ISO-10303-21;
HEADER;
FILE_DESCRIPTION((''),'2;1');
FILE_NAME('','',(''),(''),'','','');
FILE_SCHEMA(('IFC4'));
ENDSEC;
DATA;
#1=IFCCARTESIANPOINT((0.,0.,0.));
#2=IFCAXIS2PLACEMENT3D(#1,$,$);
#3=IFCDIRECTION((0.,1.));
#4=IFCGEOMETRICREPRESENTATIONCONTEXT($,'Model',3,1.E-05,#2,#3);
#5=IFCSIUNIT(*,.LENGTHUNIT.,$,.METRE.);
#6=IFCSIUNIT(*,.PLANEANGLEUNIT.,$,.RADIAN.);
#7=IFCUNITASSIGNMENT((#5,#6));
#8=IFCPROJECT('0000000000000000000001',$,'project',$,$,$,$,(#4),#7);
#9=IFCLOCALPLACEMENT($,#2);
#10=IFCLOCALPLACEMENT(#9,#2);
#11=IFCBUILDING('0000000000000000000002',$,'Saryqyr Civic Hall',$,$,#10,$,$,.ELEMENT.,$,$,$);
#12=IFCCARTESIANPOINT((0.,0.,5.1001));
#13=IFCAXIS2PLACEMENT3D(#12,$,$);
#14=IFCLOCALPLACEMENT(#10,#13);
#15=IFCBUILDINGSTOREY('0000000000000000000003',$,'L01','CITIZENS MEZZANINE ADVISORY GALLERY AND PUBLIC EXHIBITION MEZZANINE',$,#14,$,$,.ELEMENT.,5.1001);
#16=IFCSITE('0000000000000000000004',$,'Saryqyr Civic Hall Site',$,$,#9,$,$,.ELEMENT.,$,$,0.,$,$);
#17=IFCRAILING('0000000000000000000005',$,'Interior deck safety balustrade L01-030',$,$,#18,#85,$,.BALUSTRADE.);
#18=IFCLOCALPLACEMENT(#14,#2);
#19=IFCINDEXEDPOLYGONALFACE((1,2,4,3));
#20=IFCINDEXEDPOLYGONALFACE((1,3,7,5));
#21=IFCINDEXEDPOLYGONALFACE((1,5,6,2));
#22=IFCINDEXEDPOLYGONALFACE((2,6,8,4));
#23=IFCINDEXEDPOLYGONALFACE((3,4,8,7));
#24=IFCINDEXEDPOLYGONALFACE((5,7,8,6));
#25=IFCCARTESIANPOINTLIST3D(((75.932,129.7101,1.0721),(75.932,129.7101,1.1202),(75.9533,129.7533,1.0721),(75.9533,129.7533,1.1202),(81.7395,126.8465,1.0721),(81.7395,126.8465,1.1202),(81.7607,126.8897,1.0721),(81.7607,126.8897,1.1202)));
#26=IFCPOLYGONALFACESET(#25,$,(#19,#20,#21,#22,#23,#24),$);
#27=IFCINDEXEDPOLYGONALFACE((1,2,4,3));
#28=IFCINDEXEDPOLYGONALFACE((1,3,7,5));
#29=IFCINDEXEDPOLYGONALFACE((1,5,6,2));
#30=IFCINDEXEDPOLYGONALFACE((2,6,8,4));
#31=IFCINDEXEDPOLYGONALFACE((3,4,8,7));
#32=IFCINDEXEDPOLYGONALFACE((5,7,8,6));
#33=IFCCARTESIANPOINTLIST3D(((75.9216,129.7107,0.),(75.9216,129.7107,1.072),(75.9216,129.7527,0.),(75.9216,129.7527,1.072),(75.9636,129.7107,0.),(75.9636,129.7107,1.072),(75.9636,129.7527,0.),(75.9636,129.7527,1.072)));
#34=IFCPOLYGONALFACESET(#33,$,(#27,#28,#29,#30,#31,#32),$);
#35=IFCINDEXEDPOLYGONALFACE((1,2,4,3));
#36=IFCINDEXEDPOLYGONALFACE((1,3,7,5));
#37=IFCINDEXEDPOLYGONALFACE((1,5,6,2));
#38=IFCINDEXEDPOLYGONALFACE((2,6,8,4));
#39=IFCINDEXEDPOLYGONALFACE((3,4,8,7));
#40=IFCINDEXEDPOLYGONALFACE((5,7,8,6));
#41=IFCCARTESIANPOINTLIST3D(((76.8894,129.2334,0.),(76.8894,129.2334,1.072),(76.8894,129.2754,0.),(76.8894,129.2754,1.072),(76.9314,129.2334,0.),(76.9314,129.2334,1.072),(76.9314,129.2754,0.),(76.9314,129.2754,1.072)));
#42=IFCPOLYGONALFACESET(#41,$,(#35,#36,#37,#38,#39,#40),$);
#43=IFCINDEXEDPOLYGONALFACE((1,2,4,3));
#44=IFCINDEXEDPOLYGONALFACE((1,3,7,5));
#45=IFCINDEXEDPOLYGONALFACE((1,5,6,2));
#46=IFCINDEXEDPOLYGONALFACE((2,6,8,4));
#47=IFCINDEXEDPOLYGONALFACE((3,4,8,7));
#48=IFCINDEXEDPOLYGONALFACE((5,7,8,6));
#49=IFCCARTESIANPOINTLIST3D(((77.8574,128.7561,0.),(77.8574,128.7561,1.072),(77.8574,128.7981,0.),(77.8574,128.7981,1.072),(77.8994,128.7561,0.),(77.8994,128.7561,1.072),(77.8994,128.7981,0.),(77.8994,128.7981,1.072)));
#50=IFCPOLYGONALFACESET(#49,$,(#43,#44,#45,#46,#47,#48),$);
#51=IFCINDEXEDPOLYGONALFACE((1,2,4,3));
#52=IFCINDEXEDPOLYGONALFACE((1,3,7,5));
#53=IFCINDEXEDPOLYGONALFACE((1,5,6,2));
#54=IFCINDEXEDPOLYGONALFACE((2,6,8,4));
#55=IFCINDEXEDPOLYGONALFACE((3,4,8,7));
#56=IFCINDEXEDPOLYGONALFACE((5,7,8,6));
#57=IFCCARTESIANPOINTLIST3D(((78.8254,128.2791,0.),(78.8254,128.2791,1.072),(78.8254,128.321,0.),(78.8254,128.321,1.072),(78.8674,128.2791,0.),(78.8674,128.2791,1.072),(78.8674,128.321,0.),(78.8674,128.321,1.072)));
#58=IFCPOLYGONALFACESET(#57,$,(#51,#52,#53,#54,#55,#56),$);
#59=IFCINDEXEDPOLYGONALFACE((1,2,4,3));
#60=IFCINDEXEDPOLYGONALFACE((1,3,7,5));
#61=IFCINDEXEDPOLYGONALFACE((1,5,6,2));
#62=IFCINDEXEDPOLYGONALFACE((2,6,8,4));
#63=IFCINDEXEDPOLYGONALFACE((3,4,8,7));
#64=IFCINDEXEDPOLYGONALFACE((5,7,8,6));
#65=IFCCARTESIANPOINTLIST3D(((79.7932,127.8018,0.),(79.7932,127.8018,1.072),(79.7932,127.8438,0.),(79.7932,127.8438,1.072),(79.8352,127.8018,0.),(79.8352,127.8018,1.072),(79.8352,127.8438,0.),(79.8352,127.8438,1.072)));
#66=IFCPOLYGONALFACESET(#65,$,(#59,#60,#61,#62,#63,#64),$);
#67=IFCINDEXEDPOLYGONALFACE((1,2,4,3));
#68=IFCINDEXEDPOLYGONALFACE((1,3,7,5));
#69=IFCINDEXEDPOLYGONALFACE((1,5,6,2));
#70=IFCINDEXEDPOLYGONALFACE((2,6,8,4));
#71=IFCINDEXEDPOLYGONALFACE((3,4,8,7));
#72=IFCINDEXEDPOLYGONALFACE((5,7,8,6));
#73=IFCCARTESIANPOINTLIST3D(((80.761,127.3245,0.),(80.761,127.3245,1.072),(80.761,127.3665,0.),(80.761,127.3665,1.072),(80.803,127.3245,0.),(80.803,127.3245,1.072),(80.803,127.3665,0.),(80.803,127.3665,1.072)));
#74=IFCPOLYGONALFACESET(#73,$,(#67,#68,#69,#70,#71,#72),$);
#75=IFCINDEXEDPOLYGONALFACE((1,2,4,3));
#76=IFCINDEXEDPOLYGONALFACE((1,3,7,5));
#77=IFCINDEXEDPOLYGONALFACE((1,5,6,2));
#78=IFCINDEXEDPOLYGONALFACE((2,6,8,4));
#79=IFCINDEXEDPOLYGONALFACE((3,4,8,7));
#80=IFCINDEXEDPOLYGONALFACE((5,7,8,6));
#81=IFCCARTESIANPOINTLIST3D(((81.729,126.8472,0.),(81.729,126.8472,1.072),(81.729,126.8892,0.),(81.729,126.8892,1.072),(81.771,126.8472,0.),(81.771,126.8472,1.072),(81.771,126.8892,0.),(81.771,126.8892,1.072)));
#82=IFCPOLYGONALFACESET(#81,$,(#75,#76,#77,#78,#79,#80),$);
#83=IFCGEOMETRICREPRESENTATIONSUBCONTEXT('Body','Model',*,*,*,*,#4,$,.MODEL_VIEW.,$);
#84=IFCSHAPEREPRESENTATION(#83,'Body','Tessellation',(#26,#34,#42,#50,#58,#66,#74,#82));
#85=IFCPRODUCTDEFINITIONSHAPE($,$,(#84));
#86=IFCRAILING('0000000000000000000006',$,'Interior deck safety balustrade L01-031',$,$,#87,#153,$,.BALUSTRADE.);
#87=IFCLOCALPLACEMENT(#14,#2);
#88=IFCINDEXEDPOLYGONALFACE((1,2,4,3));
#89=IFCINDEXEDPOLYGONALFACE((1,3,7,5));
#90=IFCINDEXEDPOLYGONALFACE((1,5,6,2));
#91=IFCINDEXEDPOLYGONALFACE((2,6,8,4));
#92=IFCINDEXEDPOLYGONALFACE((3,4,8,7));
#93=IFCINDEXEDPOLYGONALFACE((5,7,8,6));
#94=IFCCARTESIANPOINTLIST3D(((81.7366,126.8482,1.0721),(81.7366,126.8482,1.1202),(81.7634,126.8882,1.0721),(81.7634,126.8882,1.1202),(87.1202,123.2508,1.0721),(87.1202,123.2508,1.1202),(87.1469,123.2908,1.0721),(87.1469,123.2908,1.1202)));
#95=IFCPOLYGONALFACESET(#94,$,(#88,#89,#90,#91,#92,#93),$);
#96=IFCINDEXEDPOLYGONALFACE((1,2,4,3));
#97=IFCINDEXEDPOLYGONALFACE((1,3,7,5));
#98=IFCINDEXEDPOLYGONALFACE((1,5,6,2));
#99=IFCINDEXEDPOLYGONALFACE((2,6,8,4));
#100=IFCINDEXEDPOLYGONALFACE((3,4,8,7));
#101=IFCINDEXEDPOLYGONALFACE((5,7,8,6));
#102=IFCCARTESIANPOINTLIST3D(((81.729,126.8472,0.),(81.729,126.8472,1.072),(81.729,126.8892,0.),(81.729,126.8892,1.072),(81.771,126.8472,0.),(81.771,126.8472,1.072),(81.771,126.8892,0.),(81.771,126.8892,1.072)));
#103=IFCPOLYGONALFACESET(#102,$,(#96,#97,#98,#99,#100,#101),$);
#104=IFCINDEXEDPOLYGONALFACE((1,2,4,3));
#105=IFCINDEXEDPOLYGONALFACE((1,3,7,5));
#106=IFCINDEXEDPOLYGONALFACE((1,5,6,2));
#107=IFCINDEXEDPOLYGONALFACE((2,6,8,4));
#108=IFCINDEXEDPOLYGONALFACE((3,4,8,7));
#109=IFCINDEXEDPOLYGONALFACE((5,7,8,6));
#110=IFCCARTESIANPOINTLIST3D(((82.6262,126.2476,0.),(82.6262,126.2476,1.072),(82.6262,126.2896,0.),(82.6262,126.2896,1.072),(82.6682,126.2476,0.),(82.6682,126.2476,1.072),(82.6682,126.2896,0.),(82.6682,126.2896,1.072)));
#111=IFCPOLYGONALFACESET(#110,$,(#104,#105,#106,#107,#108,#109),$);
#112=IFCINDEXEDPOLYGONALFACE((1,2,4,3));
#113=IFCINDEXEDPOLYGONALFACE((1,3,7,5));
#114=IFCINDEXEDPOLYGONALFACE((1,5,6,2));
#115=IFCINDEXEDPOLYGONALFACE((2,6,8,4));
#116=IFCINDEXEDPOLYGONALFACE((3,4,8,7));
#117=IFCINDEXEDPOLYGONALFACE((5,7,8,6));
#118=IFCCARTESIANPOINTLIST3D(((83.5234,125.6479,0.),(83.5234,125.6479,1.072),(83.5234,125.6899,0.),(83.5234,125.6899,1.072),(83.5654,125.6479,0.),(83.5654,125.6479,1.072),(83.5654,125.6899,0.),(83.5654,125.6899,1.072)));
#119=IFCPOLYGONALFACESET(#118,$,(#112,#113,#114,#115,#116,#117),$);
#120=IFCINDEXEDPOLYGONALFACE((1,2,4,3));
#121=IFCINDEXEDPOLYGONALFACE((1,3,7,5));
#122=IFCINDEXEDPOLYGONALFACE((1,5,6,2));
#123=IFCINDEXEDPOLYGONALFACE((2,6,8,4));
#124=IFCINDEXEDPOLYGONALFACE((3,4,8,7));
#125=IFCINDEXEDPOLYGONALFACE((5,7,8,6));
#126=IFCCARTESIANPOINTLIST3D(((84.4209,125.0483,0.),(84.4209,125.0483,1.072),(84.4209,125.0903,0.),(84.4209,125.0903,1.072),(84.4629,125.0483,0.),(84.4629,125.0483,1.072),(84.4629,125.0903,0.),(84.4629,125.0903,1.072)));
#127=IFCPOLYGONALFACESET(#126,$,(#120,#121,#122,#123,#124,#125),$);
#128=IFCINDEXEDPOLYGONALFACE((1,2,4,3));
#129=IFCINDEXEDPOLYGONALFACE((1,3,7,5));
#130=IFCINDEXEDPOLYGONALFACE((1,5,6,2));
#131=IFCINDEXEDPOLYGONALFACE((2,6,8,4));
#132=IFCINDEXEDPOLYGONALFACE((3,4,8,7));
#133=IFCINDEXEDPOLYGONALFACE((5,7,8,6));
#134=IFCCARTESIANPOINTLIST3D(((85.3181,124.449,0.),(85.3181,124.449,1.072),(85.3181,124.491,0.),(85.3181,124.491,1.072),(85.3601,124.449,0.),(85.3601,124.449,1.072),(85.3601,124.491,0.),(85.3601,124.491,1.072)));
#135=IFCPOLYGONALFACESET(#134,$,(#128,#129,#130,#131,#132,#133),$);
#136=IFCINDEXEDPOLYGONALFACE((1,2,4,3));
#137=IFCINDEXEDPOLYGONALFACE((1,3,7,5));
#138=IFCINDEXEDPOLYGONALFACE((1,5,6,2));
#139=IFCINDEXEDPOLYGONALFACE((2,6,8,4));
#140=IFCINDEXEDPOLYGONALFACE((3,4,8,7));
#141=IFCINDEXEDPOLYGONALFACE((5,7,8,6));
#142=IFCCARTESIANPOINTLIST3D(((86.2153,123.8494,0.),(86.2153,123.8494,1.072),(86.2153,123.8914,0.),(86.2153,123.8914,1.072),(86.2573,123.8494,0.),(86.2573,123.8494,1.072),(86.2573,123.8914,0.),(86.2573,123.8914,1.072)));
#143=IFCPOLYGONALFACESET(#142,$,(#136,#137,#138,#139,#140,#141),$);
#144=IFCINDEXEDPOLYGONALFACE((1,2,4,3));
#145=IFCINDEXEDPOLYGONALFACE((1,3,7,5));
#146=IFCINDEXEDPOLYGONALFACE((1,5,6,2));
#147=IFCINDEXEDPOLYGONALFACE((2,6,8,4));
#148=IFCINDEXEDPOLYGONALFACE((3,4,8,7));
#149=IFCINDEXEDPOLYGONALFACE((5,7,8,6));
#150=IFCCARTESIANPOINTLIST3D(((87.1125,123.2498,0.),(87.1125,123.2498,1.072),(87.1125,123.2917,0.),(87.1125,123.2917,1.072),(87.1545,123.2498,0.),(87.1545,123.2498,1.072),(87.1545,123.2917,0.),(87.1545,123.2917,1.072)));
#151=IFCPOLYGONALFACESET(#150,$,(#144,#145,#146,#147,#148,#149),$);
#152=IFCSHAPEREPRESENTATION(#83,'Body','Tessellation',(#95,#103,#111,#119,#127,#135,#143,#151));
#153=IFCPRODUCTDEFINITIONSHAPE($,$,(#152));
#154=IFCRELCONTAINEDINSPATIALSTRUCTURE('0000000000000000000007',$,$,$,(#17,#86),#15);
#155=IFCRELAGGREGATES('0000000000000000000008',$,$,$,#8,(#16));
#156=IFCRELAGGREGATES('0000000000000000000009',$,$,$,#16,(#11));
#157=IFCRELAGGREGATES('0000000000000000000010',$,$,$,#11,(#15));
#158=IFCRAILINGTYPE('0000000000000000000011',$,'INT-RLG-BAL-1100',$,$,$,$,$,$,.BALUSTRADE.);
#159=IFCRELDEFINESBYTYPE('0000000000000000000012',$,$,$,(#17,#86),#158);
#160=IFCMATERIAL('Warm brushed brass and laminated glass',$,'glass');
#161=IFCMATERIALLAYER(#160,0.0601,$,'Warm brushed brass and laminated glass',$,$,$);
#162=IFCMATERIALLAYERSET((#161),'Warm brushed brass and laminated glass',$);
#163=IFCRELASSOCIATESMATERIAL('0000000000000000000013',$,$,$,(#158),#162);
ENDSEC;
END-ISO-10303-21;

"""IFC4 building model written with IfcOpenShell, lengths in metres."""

from ifc_helpers import new_model, si_unit, direction, frame, origin, origin_2d, place, context, subcontext, project, spatial, rectangle, extrude, material, layer, layer_set, type_object, element, save


model = new_model("IFC4")

# Units and contexts
model_context = context("Model", 3, precision=1e-05, world=origin(), true_north=direction((0.0, 1.0)))
body_context = subcontext(model_context, "Body", "Model", "MODEL_VIEW")
ifc_project = project(units=[si_unit("LENGTHUNIT", "METRE"), si_unit("PLANEANGLEUNIT", "RADIAN")], contexts=[model_context])

# Site, building, storey
site_placement = place(None, origin())
site = spatial("IfcSite", under=ifc_project, at=site_placement, Name="Saryqyr Civic Hall Site", CompositionType="ELEMENT", RefElevation=0.0)
building_placement = place(site_placement, origin())
building = spatial("IfcBuilding", under=site, at=building_placement, Name="Saryqyr Civic Hall", CompositionType="ELEMENT")
storey_placement = place(building_placement, frame((0.0, 0.0, 5.1001)))
storey = spatial("IfcBuildingStorey", under=building, at=storey_placement, Name="L01", Description="CITIZENS MEZZANINE ADVISORY GALLERY AND PUBLIC EXHIBITION MEZZANINE", CompositionType="ELEMENT", Elevation=5.1001)

# Railings
ifc_material_1 = material(Name="Warm brushed brass and laminated glass", Category="glass")
ifc_layer_1 = layer(ifc_material_1, 0.0601, Name="Warm brushed brass and laminated glass")
ifc_layer_set_1 = layer_set([ifc_layer_1], Name="Warm brushed brass and laminated glass")
railing_type = type_object("IfcRailingType", Name="INT-RLG-BAL-1100", PredefinedType="BALUSTRADE", material=ifc_layer_set_1)
railing_1_placement = place(storey_placement, frame((75.9426, 129.7317, 0.0)))
element("IfcRailing", 1, at=railing_1_placement, inside=storey, type_object=railing_type, Name="Interior deck safety balustrade L01-030", PredefinedType="BALUSTRADE", context=body_context, shape_type="SweptSolid", body=[
    extrude(rectangle(XDim=0.0481, YDim=0.0481, at=origin_2d()), frame((0.0, 0.0, 1.0962), z_axis=(0.896894, -0.442245, 0.0), x_axis=(0.442245, 0.896894, 0.0)), (0.0, 0.0, 1.0), 6.4751),
    extrude(rectangle(XDim=0.042, YDim=0.042, at=origin_2d()), origin(), (0.0, 0.0, 1.0), 1.072),
    extrude(rectangle(XDim=0.042, YDim=0.042, at=origin_2d()), frame((0.9678, -0.4773, 0.0)), (0.0, 0.0, 1.0), 1.072),
    extrude(rectangle(XDim=0.042, YDim=0.042, at=origin_2d()), frame((1.9358, -0.9546, 0.0)), (0.0, 0.0, 1.0), 1.072),
    extrude(rectangle(XDim=0.042, YDim=0.042, at=origin_2d()), frame((2.9038, -1.4316, 0.0)), (0.0, 0.0, 1.0), 1.072),
    extrude(rectangle(XDim=0.042, YDim=0.042, at=origin_2d()), frame((3.8716, -1.9089, 0.0)), (0.0, 0.0, 1.0), 1.072),
    extrude(rectangle(XDim=0.042, YDim=0.042, at=origin_2d()), frame((4.8394, -2.3862, 0.0)), (0.0, 0.0, 1.0), 1.072),
    extrude(rectangle(XDim=0.042, YDim=0.042, at=origin_2d()), frame((5.8074, -2.8635, 0.0)), (0.0, 0.0, 1.0), 1.072),
])
railing_2_placement = place(storey_placement, frame((81.75, 126.8682, 0.0)))
element("IfcRailing", 2, at=railing_2_placement, inside=storey, type_object=railing_type, Name="Interior deck safety balustrade L01-031", PredefinedType="BALUSTRADE", context=body_context, shape_type="SweptSolid", body=[
    extrude(rectangle(XDim=0.0481, YDim=0.0481, at=origin_2d()), frame((0.0, 0.0, 1.0962), z_axis=(0.831452, -0.555596, 0.0), x_axis=(0.555596, 0.831452, 0.0)), (0.0, 0.0, 1.0), 6.4749),
    extrude(rectangle(XDim=0.042, YDim=0.042, at=origin_2d()), origin(), (0.0, 0.0, 1.0), 1.072),
    extrude(rectangle(XDim=0.042, YDim=0.042, at=origin_2d()), frame((0.8972, -0.5996, 0.0)), (0.0, 0.0, 1.0), 1.072),
    extrude(rectangle(XDim=0.042, YDim=0.042, at=origin_2d()), frame((1.7944, -1.1992, 0.0)), (0.0, 0.0, 1.0), 1.072),
    extrude(rectangle(XDim=0.042, YDim=0.042, at=origin_2d()), frame((2.6919, -1.7988, 0.0)), (0.0, 0.0, 1.0), 1.072),
    extrude(rectangle(XDim=0.042, YDim=0.042, at=origin_2d()), frame((3.5891, -2.3982, 0.0)), (0.0, 0.0, 1.0), 1.072),
    extrude(rectangle(XDim=0.042, YDim=0.042, at=origin_2d()), frame((4.4863, -2.9978, 0.0)), (0.0, 0.0, 1.0), 1.072),
    extrude(rectangle(XDim=0.042, YDim=0.042, at=origin_2d()), frame((5.3835, -3.5974, 0.0)), (0.0, 0.0, 1.0), 1.072),
])

save(model, "model.ifc")
